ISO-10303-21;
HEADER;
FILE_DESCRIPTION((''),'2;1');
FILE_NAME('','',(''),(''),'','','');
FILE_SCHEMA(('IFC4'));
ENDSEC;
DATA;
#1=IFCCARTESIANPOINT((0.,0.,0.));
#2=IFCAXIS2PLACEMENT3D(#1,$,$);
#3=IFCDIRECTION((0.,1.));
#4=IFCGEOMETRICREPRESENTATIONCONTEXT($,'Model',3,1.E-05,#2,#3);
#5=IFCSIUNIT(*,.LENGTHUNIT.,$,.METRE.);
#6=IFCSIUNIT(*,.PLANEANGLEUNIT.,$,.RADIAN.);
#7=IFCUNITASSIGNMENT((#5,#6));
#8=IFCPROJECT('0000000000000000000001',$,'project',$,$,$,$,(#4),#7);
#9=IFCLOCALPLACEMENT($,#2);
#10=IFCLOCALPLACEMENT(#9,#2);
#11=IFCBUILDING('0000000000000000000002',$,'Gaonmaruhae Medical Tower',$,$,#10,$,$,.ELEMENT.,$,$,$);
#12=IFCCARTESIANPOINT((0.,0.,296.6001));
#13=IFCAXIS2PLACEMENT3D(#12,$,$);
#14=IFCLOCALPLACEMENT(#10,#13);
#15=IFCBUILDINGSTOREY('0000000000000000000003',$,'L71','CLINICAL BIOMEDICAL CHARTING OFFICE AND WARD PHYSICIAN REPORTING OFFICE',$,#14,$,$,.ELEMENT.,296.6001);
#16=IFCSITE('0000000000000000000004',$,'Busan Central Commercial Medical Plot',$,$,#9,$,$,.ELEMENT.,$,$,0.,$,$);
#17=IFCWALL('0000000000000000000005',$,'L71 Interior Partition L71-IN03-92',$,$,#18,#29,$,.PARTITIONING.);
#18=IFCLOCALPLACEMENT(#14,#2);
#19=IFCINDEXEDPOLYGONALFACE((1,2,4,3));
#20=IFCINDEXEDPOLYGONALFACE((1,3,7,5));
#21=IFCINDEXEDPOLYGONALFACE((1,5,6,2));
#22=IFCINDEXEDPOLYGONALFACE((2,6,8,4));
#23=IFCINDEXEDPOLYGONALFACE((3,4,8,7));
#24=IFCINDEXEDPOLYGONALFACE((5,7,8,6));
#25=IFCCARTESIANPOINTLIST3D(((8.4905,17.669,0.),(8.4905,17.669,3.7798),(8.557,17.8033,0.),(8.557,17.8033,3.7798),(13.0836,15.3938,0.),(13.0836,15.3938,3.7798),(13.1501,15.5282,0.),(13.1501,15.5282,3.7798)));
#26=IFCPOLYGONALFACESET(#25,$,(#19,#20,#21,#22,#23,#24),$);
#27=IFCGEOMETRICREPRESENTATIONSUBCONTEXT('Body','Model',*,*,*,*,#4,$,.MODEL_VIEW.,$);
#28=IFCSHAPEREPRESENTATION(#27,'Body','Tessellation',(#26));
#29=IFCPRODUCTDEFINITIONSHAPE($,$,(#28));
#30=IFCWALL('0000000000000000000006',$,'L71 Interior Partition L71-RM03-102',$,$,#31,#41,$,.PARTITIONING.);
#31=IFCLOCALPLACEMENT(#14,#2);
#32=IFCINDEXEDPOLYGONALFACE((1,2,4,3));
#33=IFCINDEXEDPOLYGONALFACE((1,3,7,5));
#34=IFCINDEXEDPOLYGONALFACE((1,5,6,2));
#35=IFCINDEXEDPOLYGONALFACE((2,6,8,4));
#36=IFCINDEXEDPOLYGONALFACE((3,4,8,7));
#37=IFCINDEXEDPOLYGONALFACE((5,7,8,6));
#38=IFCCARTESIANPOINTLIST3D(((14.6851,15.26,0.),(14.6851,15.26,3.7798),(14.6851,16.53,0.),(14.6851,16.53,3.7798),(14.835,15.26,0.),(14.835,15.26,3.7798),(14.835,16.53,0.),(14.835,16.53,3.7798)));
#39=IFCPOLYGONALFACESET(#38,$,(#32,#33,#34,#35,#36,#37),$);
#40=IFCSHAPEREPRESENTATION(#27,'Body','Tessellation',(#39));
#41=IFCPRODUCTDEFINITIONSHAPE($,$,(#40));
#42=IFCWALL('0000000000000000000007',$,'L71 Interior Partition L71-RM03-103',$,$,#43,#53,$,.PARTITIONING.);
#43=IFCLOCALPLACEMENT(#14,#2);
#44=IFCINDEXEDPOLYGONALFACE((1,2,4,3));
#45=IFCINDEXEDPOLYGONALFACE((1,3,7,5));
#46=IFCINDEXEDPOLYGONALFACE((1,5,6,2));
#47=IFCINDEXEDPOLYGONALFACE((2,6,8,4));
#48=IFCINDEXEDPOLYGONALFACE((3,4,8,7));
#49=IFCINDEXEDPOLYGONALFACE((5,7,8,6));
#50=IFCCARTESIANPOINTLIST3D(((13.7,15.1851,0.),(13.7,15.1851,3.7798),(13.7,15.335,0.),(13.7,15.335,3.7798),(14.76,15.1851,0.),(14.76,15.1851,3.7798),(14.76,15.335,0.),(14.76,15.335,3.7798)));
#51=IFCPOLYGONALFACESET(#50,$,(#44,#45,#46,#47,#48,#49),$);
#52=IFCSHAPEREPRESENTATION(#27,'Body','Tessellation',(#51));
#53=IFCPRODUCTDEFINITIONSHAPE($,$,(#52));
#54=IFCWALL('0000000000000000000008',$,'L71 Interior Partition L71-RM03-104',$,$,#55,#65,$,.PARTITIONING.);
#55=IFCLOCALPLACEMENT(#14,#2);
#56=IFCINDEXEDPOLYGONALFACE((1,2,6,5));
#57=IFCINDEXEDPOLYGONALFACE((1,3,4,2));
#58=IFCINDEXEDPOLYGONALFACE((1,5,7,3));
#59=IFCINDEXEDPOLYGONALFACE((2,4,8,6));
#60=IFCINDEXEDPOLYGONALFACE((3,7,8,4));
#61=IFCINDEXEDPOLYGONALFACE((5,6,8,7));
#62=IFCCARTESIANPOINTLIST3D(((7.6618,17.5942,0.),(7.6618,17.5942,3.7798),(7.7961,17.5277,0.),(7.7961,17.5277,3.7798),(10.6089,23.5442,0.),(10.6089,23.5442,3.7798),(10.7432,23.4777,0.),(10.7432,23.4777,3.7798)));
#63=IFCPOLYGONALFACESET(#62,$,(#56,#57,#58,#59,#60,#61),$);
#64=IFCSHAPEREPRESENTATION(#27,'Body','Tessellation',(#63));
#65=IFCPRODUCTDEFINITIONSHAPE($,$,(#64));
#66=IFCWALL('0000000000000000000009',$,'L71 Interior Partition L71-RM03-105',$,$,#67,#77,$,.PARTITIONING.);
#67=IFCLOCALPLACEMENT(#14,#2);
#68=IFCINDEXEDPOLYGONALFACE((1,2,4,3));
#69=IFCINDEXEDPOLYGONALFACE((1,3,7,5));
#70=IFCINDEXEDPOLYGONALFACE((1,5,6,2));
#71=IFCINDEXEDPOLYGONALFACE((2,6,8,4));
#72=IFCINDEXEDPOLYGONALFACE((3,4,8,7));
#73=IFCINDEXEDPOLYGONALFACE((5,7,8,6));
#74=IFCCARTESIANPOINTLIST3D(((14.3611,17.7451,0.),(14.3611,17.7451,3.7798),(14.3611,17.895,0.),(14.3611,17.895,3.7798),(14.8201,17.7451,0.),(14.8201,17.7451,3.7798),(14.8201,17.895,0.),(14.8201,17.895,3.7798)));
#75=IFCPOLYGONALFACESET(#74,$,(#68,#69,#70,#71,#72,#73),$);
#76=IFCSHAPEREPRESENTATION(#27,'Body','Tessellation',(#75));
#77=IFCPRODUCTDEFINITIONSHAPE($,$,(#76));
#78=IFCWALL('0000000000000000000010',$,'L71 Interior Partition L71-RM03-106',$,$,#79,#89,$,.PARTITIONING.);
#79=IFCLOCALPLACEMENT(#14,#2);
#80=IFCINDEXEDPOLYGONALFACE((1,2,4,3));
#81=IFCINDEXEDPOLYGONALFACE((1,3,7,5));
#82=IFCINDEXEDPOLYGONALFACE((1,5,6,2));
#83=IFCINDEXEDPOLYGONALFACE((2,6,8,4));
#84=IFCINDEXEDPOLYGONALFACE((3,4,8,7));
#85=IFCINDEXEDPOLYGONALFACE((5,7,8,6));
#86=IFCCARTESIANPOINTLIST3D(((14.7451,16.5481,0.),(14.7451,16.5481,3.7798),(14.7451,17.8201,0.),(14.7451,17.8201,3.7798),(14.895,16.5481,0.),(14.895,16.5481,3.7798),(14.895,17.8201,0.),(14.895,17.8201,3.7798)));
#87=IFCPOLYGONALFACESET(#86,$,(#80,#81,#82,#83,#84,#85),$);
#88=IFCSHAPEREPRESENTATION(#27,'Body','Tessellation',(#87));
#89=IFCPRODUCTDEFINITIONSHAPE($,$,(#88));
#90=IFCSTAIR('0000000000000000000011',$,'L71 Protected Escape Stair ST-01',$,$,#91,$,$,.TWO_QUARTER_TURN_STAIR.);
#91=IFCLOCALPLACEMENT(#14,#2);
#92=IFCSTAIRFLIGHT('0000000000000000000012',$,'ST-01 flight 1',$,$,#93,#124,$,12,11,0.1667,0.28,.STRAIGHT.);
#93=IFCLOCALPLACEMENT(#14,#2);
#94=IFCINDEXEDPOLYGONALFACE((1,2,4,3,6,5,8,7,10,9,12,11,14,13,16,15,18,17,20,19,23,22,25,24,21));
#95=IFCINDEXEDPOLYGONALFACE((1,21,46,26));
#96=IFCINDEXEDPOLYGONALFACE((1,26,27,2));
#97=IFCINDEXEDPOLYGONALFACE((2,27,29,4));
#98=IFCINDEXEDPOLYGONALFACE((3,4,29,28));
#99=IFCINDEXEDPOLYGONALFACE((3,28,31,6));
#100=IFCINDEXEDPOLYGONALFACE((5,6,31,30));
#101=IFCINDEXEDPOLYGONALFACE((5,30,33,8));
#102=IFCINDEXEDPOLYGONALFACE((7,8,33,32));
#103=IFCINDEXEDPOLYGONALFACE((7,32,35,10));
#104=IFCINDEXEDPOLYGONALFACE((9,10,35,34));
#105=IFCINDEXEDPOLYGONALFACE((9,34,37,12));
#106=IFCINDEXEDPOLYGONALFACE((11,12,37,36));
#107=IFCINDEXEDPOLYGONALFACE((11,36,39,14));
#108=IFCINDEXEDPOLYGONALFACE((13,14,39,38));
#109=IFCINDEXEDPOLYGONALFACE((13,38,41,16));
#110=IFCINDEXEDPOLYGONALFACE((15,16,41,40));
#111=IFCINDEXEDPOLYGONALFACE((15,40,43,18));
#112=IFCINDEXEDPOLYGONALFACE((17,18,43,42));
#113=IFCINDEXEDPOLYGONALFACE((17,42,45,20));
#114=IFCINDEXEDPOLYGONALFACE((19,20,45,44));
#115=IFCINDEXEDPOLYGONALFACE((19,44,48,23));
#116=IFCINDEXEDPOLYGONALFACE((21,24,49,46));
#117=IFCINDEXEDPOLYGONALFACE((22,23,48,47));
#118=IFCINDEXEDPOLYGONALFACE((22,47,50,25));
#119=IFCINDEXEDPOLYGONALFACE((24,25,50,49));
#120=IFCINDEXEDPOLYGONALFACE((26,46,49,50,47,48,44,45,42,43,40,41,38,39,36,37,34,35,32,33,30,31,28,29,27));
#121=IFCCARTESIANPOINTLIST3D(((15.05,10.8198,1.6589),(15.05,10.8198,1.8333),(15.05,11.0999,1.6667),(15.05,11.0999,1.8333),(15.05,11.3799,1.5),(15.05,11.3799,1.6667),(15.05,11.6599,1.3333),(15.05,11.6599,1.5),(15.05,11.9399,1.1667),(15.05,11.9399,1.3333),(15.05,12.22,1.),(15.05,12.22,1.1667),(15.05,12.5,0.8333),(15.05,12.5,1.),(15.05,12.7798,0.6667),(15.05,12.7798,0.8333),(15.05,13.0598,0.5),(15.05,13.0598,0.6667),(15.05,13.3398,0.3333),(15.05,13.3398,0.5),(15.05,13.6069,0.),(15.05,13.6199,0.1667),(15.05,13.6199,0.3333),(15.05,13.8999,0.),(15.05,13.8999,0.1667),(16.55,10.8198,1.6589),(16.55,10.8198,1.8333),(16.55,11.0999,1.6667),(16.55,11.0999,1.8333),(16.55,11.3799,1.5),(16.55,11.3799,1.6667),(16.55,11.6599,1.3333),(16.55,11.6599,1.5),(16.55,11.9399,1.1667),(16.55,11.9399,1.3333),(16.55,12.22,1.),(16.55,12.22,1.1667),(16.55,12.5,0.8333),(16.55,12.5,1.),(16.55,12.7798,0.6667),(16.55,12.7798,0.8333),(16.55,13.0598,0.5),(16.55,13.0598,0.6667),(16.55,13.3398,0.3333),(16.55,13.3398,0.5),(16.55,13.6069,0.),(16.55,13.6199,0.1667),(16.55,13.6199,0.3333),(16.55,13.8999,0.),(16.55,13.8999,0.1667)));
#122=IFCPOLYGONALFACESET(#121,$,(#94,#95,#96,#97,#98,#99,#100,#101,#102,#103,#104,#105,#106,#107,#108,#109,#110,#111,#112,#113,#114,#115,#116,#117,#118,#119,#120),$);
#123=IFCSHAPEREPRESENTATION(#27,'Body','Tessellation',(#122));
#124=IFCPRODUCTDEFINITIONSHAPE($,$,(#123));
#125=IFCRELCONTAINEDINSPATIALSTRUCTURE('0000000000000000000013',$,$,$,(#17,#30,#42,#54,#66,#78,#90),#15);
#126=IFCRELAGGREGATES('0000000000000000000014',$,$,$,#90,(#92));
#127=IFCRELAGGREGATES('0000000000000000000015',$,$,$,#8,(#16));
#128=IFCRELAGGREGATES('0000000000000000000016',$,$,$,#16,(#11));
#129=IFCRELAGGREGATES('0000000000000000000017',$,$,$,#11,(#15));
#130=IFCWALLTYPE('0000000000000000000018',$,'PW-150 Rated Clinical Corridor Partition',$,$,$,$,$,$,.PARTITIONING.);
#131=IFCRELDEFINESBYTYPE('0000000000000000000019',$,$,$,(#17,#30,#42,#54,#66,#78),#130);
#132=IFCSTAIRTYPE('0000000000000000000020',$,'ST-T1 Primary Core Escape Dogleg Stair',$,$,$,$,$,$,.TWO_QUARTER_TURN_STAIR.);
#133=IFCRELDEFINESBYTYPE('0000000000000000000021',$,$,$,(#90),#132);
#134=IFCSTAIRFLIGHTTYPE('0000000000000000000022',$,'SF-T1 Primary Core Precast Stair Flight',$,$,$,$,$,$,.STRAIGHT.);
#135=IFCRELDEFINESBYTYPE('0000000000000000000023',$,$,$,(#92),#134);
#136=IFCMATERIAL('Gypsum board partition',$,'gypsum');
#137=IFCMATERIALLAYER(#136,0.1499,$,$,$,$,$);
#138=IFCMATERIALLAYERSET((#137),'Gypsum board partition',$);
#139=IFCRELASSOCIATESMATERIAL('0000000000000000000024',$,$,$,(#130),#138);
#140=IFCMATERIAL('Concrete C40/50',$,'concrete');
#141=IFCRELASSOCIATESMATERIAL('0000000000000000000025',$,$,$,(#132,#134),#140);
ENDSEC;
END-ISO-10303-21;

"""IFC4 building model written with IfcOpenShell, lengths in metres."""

from ifc_helpers import new_model, si_unit, direction, frame, frame_2d, origin, place, context, subcontext, project, spatial, polyline, rectangle, outline, extrude, material, layer, layer_set, type_object, element, aggregate, save


model = new_model("IFC4")

# Units and contexts
model_context = context("Model", 3, precision=1e-05, world=origin(), true_north=direction((0.0, 1.0)))
body_context = subcontext(model_context, "Body", "Model", "MODEL_VIEW")
ifc_project = project(units=[si_unit("LENGTHUNIT", "METRE"), si_unit("PLANEANGLEUNIT", "RADIAN")], contexts=[model_context])

# Site, building, storey
site_placement = place(None, origin())
site = spatial("IfcSite", under=ifc_project, at=site_placement, Name="Busan Central Commercial Medical Plot", CompositionType="ELEMENT", RefElevation=0.0)
building_placement = place(site_placement, origin())
building = spatial("IfcBuilding", under=site, at=building_placement, Name="Gaonmaruhae Medical Tower", CompositionType="ELEMENT")
storey_placement = place(building_placement, frame((0.0, 0.0, 296.6001)))
storey = spatial("IfcBuildingStorey", under=building, at=storey_placement, Name="L71", Description="CLINICAL BIOMEDICAL CHARTING OFFICE AND WARD PHYSICIAN REPORTING OFFICE", CompositionType="ELEMENT", Elevation=296.6001)

# Walls
ifc_material_1 = material(Name="Gypsum board partition", Category="gypsum")
ifc_layer_1 = layer(ifc_material_1, 0.1499)
ifc_layer_set_1 = layer_set([ifc_layer_1], Name="Gypsum board partition")
wall_type_1 = type_object("IfcWallType", Name="PW-150 Rated Clinical Corridor Partition", PredefinedType="PARTITIONING", material=ifc_layer_set_1)
wall_1_placement = place(storey_placement, frame((13.1169, 15.4609, 0.0), z_axis=(0.0, 0.0, 1.0), x_axis=(-0.896088, 0.443876, 0.0)))
element("IfcWall", 1, at=wall_1_placement, inside=storey, type_object=wall_type_1, Name="L71 Interior Partition L71-IN03-92", PredefinedType="PARTITIONING", context=body_context, shape_type="SweptSolid", body=[
    extrude(rectangle(XDim=5.1257, YDim=0.1499, at=frame_2d((2.563, 0.0))), origin(), (0.0, 0.0, 1.0), 3.7798),
])
wall_2_placement = place(storey_placement, frame((14.76, 16.53, 0.0), z_axis=(0.0, 0.0, 1.0), x_axis=(0.0, -1.0, 0.0)))
element("IfcWall", 2, at=wall_2_placement, inside=storey, type_object=wall_type_1, Name="L71 Interior Partition L71-RM03-102", PredefinedType="PARTITIONING", context=body_context, shape_type="SweptSolid", body=[
    extrude(rectangle(XDim=1.27, YDim=0.1499, at=frame_2d((0.635, 0.0))), origin(), (0.0, 0.0, 1.0), 3.7798),
])
wall_3_placement = place(storey_placement, frame((14.76, 15.26, 0.0), z_axis=(0.0, 0.0, 1.0), x_axis=(-1.0, 0.0, 0.0)))
element("IfcWall", 3, at=wall_3_placement, inside=storey, type_object=wall_type_1, Name="L71 Interior Partition L71-RM03-103", PredefinedType="PARTITIONING", context=body_context, shape_type="SweptSolid", body=[
    extrude(rectangle(XDim=1.0601, YDim=0.1499, at=frame_2d((0.53, 0.0))), origin(), (0.0, 0.0, 1.0), 3.7798),
])
wall_4_placement = place(storey_placement, frame((7.729, 17.561, 0.0), z_axis=(0.0, 0.0, 1.0), x_axis=(0.443842, 0.896105, 0.0)))
element("IfcWall", 4, at=wall_4_placement, inside=storey, type_object=wall_type_1, Name="L71 Interior Partition L71-RM03-104", PredefinedType="PARTITIONING", context=body_context, shape_type="SweptSolid", body=[
    extrude(rectangle(XDim=6.6399, YDim=0.1499, at=frame_2d((3.3198, 0.0))), origin(), (0.0, 0.0, 1.0), 3.7798),
])
wall_5_placement = place(storey_placement, frame((14.3611, 17.8201, 0.0), z_axis=(0.0, 0.0, 1.0), x_axis=(1.0, 0.0, 0.0)))
element("IfcWall", 5, at=wall_5_placement, inside=storey, type_object=wall_type_1, Name="L71 Interior Partition L71-RM03-105", PredefinedType="PARTITIONING", context=body_context, shape_type="SweptSolid", body=[
    extrude(rectangle(XDim=0.459, YDim=0.1499, at=frame_2d((0.2295, 0.0))), origin(), (0.0, 0.0, 1.0), 3.7798),
])
wall_6_placement = place(storey_placement, frame((14.8201, 17.8201, 0.0), z_axis=(0.0, 0.0, 1.0), x_axis=(0.0, -1.0, 0.0)))
element("IfcWall", 6, at=wall_6_placement, inside=storey, type_object=wall_type_1, Name="L71 Interior Partition L71-RM03-106", PredefinedType="PARTITIONING", context=body_context, shape_type="SweptSolid", body=[
    extrude(rectangle(XDim=1.272, YDim=0.1499, at=frame_2d((0.636, 0.0))), origin(), (0.0, 0.0, 1.0), 3.7798),
])

# Stair, stair flight
ifc_material_2 = material(Name="Concrete C40/50", Category="concrete")
stair_type = type_object("IfcStairType", Name="ST-T1 Primary Core Escape Dogleg Stair", PredefinedType="TWO_QUARTER_TURN_STAIR", material=ifc_material_2)
stair_placement = place(storey_placement, origin())
stair = element("IfcStair", 7, at=stair_placement, inside=storey, type_object=stair_type, Name="L71 Protected Escape Stair ST-01", PredefinedType="TWO_QUARTER_TURN_STAIR")
stair_flight_type = type_object("IfcStairFlightType", Name="SF-T1 Primary Core Precast Stair Flight", PredefinedType="STRAIGHT", material=ifc_material_2)
stair_flight_placement = place(storey_placement, frame((15.8, 13.8999, 0.0), z_axis=(0.0, 0.0, 1.0), x_axis=(0.0, -1.0, 0.0)))
stair_flight = element("IfcStairFlight", 8, at=stair_flight_placement, type_object=stair_flight_type, Name="ST-01 flight 1", NumberOfRisers=12, NumberOfTreads=11, PredefinedType="STRAIGHT", RiserHeight=0.1667, TreadLength=0.28, context=body_context, shape_type="SweptSolid", body=[
    extrude(outline(polyline([(0.0, 0.0), (0.0, 0.1667), (0.28, 0.1667), (0.28, 0.3333), (0.5601, 0.3333), (0.5601, 0.5), (0.8401, 0.5), (0.8401, 0.6667), (1.1201, 0.6667), (1.1201, 0.8333), (1.3999, 0.8333), (1.3999, 1.0), (1.6799, 1.0), (1.6799, 1.1667), (1.96, 1.1667), (1.96, 1.3333), (2.24, 1.3333), (2.24, 1.5), (2.52, 1.5), (2.52, 1.6667), (2.8, 1.6667), (2.8, 1.8333), (3.0801, 1.8333), (3.0801, 2.0), (3.0801, 1.6589), (0.293, 0.0), (0.0, 0.0)])), frame((0.0, 0.75, 0.0), z_axis=(0.0, -1.0, 0.0), x_axis=(1.0, 0.0, 0.0)), (0.0, 0.0, 1.0), 1.5),
])
aggregate(stair, [stair_flight])

save(model, "model.ifc")
